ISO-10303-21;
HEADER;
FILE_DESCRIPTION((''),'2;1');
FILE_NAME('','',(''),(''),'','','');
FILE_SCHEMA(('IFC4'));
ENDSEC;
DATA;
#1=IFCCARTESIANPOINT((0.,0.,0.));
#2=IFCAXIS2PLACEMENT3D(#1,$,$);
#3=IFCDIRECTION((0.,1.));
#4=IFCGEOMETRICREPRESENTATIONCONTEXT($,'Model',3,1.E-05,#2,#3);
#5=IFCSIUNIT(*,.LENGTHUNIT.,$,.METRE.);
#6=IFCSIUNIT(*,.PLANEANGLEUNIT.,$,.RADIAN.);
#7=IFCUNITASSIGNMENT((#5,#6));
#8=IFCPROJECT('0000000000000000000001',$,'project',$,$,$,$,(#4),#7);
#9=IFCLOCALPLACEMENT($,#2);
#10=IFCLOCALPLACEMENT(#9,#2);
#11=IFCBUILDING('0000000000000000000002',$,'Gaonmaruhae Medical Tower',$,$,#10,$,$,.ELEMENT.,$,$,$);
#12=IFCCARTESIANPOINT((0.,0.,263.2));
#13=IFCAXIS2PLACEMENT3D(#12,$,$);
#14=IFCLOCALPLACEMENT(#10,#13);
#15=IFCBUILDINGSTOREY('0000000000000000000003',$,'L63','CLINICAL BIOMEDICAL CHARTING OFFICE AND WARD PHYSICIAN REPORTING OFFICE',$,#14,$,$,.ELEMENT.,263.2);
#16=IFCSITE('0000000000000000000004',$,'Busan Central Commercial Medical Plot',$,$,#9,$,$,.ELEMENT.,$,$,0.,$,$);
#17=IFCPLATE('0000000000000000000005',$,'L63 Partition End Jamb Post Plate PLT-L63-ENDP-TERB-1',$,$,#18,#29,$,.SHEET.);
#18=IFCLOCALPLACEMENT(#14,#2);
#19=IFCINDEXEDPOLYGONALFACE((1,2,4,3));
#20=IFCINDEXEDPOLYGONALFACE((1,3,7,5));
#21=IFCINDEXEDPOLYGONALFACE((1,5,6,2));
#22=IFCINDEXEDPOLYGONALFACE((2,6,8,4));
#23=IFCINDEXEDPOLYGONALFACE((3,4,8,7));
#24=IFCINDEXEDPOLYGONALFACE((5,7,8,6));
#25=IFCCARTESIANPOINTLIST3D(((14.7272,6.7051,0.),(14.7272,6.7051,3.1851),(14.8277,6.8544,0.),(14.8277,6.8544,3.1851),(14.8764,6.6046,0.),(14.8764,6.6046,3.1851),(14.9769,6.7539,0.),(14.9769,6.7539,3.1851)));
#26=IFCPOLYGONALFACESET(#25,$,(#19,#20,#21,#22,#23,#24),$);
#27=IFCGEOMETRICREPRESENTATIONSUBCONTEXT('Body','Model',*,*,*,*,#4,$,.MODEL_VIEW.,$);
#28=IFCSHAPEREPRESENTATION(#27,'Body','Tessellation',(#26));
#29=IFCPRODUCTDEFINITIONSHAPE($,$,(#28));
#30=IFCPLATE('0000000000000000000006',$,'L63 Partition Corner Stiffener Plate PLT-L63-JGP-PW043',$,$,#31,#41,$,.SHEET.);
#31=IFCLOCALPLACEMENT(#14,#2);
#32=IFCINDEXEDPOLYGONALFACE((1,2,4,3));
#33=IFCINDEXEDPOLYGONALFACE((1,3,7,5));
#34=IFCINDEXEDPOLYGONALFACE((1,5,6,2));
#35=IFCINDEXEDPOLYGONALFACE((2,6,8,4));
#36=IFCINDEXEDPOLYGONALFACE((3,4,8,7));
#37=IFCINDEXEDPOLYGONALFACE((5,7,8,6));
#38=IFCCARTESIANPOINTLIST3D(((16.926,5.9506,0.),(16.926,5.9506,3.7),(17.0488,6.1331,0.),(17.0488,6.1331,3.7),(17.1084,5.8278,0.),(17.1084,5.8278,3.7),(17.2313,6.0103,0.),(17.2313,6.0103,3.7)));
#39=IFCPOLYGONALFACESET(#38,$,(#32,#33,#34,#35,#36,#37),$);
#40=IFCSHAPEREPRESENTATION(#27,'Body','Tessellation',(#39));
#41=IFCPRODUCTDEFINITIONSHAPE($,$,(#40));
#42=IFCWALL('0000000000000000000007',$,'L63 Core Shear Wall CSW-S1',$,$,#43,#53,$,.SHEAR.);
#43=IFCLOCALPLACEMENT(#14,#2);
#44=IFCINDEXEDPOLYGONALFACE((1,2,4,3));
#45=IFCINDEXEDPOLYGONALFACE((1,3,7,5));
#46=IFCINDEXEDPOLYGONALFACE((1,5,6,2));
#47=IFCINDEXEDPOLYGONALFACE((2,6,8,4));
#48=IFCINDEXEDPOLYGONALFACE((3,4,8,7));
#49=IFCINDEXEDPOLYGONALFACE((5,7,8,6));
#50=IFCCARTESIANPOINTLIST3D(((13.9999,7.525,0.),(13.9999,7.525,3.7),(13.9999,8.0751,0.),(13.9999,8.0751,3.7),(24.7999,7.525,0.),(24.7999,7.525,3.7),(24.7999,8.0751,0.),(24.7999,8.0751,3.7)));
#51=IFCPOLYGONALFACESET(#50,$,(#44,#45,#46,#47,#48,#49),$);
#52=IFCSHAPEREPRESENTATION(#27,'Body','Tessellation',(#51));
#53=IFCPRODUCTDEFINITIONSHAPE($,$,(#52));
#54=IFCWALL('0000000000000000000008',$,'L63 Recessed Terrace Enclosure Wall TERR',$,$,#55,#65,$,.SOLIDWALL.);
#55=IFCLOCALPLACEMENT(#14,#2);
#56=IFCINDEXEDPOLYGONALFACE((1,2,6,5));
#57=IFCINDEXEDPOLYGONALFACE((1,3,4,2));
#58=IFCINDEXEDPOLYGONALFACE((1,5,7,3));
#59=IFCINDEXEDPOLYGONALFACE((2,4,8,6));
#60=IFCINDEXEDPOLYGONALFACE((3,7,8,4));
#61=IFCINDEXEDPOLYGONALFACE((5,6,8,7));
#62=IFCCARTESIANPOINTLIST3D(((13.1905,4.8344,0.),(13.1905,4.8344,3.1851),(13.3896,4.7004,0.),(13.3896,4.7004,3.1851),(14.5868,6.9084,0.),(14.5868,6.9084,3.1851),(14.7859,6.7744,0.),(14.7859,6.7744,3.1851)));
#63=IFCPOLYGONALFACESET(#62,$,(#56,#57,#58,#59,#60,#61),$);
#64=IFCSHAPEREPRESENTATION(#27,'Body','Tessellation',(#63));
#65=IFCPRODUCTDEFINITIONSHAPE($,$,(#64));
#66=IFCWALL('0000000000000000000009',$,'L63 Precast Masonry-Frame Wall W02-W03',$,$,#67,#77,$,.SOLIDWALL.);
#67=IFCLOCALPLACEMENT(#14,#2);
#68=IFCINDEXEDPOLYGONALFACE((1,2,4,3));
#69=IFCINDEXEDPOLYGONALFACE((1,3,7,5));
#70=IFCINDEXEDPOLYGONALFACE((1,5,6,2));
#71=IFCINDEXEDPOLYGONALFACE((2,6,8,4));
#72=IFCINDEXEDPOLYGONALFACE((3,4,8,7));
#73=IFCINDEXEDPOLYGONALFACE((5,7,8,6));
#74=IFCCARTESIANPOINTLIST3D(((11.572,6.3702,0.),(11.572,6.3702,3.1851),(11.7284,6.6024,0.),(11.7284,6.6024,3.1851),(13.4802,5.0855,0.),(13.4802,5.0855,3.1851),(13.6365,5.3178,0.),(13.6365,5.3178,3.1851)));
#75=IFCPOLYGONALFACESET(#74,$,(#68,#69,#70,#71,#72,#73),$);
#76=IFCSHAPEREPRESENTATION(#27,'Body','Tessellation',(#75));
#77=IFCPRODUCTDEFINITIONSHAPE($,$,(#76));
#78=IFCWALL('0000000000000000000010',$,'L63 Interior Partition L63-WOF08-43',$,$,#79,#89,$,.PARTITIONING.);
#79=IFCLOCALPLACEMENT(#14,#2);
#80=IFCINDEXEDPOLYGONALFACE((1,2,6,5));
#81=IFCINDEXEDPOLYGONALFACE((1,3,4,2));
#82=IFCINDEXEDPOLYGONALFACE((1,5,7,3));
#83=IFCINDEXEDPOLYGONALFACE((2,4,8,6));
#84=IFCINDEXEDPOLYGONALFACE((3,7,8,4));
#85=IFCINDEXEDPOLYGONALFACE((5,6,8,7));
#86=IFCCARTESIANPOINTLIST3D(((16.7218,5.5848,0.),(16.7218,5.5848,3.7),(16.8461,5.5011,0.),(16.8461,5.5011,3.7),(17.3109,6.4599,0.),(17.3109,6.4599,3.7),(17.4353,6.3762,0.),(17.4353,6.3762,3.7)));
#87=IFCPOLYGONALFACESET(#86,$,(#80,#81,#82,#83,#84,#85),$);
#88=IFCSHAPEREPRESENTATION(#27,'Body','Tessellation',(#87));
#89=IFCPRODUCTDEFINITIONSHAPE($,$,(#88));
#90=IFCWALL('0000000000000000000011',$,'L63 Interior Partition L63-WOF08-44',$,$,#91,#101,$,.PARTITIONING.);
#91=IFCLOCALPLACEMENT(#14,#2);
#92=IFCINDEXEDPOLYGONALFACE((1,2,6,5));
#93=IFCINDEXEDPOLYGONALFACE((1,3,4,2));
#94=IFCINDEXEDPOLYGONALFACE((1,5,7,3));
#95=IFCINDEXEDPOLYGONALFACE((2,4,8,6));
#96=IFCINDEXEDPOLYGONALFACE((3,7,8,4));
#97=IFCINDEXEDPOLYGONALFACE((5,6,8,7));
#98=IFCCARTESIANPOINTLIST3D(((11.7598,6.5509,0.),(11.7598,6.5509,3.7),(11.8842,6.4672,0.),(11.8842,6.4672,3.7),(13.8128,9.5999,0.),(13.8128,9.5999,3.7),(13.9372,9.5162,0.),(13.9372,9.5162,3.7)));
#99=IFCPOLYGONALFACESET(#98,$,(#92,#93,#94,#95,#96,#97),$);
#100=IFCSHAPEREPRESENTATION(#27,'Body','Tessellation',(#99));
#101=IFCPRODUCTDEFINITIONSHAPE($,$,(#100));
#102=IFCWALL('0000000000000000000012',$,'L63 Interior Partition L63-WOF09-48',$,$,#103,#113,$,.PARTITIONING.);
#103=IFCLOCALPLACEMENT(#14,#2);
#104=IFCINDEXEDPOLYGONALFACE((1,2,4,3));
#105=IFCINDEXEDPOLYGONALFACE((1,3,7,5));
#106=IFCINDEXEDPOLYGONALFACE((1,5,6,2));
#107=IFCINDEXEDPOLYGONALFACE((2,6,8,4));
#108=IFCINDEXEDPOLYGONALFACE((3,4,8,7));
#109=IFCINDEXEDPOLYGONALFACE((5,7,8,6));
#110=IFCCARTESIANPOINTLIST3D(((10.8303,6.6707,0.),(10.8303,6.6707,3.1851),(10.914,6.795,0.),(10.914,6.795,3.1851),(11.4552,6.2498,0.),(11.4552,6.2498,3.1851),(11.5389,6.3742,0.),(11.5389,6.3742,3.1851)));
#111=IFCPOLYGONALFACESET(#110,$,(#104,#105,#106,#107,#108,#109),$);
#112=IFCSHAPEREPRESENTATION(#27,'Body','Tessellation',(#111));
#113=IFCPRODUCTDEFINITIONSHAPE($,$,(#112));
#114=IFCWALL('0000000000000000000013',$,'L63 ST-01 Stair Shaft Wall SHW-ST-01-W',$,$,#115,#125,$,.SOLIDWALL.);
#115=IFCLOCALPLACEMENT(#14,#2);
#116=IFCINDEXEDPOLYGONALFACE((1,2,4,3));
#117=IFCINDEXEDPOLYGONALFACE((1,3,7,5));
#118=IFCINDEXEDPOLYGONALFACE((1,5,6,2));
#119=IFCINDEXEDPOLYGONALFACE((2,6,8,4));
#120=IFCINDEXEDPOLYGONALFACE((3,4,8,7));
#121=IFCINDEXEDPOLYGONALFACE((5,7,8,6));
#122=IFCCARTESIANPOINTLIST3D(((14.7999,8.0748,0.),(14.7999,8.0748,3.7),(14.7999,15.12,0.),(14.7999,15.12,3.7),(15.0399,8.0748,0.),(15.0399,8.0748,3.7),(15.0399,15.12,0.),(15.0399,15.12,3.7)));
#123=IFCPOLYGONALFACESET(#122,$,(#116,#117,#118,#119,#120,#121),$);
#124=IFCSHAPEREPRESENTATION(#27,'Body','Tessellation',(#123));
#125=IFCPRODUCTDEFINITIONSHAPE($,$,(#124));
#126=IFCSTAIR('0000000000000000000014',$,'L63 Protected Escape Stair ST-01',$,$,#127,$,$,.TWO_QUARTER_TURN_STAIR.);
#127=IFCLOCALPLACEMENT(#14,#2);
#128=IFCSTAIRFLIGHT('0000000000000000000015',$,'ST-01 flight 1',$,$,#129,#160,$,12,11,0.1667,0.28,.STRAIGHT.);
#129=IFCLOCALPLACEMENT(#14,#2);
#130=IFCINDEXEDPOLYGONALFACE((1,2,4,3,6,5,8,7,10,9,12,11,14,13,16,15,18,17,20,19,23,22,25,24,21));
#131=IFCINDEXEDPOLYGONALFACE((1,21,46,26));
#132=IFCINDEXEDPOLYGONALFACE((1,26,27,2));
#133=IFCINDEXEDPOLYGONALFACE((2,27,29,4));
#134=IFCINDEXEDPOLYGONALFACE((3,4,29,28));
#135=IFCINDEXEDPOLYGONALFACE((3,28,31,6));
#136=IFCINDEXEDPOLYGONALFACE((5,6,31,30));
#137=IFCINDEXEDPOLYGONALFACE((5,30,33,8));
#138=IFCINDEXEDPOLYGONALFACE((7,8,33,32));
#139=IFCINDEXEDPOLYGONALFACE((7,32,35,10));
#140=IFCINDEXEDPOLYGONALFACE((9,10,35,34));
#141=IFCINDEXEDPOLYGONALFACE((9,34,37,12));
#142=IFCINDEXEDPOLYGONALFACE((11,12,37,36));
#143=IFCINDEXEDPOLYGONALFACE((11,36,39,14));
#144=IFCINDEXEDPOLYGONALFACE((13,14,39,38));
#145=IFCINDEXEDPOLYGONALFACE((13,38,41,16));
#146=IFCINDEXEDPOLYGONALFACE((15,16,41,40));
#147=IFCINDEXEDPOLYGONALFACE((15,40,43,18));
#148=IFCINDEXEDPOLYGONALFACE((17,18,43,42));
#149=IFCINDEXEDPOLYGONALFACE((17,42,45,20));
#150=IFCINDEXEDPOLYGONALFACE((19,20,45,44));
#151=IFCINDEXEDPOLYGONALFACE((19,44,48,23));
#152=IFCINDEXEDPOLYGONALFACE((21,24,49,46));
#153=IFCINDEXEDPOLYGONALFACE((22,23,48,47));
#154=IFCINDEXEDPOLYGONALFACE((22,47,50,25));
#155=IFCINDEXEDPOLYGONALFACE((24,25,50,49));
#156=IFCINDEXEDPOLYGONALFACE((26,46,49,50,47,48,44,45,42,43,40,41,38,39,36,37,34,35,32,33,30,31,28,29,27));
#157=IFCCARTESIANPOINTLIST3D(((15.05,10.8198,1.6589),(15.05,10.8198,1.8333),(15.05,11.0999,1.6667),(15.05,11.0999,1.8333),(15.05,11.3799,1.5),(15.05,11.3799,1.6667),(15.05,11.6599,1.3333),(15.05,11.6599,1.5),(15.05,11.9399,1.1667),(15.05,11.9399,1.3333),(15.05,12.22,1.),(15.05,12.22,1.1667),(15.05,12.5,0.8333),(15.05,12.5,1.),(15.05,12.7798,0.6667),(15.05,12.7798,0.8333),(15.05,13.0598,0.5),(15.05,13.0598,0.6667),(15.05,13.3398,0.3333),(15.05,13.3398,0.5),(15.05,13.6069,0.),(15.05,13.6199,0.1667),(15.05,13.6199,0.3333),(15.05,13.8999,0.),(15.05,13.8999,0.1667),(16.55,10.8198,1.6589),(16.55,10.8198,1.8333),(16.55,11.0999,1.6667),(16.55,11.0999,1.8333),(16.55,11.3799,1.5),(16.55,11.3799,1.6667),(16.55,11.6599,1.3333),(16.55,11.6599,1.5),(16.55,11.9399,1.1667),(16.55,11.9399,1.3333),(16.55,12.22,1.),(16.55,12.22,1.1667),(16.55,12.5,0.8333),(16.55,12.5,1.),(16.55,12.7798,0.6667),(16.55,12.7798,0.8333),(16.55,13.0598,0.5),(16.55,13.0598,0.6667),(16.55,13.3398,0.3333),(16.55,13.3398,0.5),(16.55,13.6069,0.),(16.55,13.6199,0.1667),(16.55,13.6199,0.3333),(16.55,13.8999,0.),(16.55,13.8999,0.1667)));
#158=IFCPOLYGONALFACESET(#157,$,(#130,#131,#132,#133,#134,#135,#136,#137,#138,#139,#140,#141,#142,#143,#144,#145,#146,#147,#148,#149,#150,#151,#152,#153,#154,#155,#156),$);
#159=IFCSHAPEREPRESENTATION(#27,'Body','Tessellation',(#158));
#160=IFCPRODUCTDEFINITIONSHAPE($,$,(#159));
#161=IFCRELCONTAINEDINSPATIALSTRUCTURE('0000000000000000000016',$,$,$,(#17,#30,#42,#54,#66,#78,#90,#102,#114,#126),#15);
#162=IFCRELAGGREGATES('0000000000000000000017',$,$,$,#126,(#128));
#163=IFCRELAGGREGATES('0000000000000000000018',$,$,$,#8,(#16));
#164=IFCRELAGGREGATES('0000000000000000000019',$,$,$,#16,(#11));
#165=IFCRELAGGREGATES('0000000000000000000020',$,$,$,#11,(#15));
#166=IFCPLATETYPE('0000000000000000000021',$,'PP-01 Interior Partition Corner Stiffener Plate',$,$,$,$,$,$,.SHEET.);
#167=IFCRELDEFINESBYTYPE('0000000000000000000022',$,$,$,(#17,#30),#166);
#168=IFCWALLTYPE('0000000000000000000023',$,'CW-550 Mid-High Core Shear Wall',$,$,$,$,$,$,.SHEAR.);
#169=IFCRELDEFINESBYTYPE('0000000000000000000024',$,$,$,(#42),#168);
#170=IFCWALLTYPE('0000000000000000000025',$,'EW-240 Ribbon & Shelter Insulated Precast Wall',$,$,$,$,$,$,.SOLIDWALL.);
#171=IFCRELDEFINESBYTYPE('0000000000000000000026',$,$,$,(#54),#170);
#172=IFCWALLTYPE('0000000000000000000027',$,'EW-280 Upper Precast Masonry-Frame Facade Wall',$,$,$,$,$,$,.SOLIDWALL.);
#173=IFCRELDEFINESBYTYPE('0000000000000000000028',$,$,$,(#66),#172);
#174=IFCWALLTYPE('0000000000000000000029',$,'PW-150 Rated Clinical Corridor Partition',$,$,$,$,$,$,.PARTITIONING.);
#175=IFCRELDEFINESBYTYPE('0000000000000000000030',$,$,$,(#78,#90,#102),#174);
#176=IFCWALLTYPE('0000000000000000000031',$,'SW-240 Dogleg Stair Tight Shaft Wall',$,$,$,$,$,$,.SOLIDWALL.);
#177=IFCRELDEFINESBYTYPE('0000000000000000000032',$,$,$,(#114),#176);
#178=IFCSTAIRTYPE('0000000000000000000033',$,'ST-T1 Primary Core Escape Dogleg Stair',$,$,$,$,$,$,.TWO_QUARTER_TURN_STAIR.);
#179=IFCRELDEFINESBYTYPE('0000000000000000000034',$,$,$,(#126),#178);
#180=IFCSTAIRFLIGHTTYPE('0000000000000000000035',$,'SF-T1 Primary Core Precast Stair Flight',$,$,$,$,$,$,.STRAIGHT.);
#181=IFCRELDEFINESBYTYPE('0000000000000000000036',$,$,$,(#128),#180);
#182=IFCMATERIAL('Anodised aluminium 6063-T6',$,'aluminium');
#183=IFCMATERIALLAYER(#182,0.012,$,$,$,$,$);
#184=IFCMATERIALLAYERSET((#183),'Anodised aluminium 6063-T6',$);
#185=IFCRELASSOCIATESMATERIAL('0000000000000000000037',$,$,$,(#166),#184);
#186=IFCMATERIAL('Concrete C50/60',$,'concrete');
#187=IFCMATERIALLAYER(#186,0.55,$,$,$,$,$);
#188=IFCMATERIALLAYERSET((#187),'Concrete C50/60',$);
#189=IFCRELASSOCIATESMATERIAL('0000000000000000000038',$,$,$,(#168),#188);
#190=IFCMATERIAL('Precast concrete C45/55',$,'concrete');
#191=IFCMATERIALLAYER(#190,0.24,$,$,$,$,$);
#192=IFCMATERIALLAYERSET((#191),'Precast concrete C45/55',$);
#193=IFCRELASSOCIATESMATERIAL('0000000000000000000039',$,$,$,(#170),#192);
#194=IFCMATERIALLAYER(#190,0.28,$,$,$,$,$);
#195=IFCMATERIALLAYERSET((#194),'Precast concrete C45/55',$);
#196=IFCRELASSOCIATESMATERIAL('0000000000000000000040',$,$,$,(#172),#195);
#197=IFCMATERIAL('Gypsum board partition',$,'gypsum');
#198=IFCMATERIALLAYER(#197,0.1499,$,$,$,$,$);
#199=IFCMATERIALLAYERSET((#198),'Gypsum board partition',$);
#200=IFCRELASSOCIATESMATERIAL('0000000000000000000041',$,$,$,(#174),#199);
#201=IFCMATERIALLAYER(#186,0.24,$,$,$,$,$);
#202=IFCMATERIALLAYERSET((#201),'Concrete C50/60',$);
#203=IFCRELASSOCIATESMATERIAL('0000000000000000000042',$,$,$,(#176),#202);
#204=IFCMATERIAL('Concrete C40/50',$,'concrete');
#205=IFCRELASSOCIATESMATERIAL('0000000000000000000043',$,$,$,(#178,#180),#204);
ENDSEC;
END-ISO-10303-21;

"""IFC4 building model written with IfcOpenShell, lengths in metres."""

from ifc_helpers import new_model, si_unit, direction, frame, frame_2d, origin, origin_2d, place, context, subcontext, project, spatial, polyline, rectangle, outline, extrude, material, layer, layer_set, type_object, element, aggregate, save


model = new_model("IFC4")

# Units and contexts
model_context = context("Model", 3, precision=1e-05, world=origin(), true_north=direction((0.0, 1.0)))
body_context = subcontext(model_context, "Body", "Model", "MODEL_VIEW")
ifc_project = project(units=[si_unit("LENGTHUNIT", "METRE"), si_unit("PLANEANGLEUNIT", "RADIAN")], contexts=[model_context])

# Site, building, storey
site_placement = place(None, origin())
site = spatial("IfcSite", under=ifc_project, at=site_placement, Name="Busan Central Commercial Medical Plot", CompositionType="ELEMENT", RefElevation=0.0)
building_placement = place(site_placement, origin())
building = spatial("IfcBuilding", under=site, at=building_placement, Name="Gaonmaruhae Medical Tower", CompositionType="ELEMENT")
storey_placement = place(building_placement, frame((0.0, 0.0, 263.2)))
storey = spatial("IfcBuildingStorey", under=building, at=storey_placement, Name="L63", Description="CLINICAL BIOMEDICAL CHARTING OFFICE AND WARD PHYSICIAN REPORTING OFFICE", CompositionType="ELEMENT", Elevation=263.2)

# Shared definitions
ifc_material_1 = material(Name="Concrete C50/60", Category="concrete")

# Plates
ifc_material_2 = material(Name="Anodised aluminium 6063-T6", Category="aluminium")
ifc_layer_1 = layer(ifc_material_2, 0.012)
ifc_layer_set_1 = layer_set([ifc_layer_1], Name="Anodised aluminium 6063-T6")
plate_type = type_object("IfcPlateType", Name="PP-01 Interior Partition Corner Stiffener Plate", PredefinedType="SHEET", material=ifc_layer_set_1)
plate_1_placement = place(storey_placement, frame((14.8521, 6.7295, 0.0), z_axis=(0.0, 0.0, 1.0), x_axis=(-0.829525, 0.558469, 0.0)))
element("IfcPlate", 1, at=plate_1_placement, inside=storey, type_object=plate_type, Name="L63 Partition End Jamb Post Plate PLT-L63-ENDP-TERB-1", PredefinedType="SHEET", context=body_context, shape_type="SweptSolid", body=[
    extrude(rectangle(XDim=0.1799, YDim=0.1799, at=origin_2d()), origin(), (0.0, 0.0, 1.0), 3.1851),
])
plate_2_placement = place(storey_placement, frame((17.0786, 5.9805, 0.0), z_axis=(0.0, 0.0, 1.0), x_axis=(-0.558411, -0.829564, 0.0)))
element("IfcPlate", 2, at=plate_2_placement, inside=storey, type_object=plate_type, Name="L63 Partition Corner Stiffener Plate PLT-L63-JGP-PW043", PredefinedType="SHEET", context=body_context, shape_type="SweptSolid", body=[
    extrude(rectangle(XDim=0.22, YDim=0.22, at=origin_2d()), origin(), (0.0, 0.0, 1.0), 3.7),
])

# Walls
ifc_layer_2 = layer(ifc_material_1, 0.55)
ifc_layer_set_2 = layer_set([ifc_layer_2], Name="Concrete C50/60")
wall_type_1 = type_object("IfcWallType", Name="CW-550 Mid-High Core Shear Wall", PredefinedType="SHEAR", material=ifc_layer_set_2)
wall_1_placement = place(storey_placement, frame((14.0, 7.8, 0.0), z_axis=(0.0, 0.0, 1.0), x_axis=(1.0, 0.0, 0.0)))
element("IfcWall", 3, at=wall_1_placement, inside=storey, type_object=wall_type_1, Name="L63 Core Shear Wall CSW-S1", PredefinedType="SHEAR", context=body_context, shape_type="SweptSolid", body=[
    extrude(rectangle(XDim=10.8, YDim=0.55, at=frame_2d((5.3999, 0.0))), origin(), (0.0, 0.0, 1.0), 3.7),
])
ifc_material_3 = material(Name="Precast concrete C45/55", Category="concrete")
ifc_layer_3 = layer(ifc_material_3, 0.24)
ifc_layer_set_3 = layer_set([ifc_layer_3], Name="Precast concrete C45/55")
wall_type_2 = type_object("IfcWallType", Name="EW-240 Ribbon & Shelter Insulated Precast Wall", PredefinedType="SOLIDWALL", material=ifc_layer_set_3)
wall_2_placement = place(storey_placement, frame((14.6863, 6.8413, 0.0), z_axis=(0.0, 0.0, 1.0), x_axis=(-0.558458, -0.829533, 0.0)))
element("IfcWall", 4, at=wall_2_placement, inside=storey, type_object=wall_type_2, Name="L63 Recessed Terrace Enclosure Wall TERR", PredefinedType="SOLIDWALL", context=body_context, shape_type="SweptSolid", body=[
    extrude(rectangle(XDim=2.5002, YDim=0.24, at=frame_2d((1.25, 0.0))), origin(), (0.0, 0.0, 1.0), 3.1851),
])
ifc_layer_4 = layer(ifc_material_3, 0.28)
ifc_layer_set_4 = layer_set([ifc_layer_4], Name="Precast concrete C45/55")
wall_type_3 = type_object("IfcWallType", Name="EW-280 Upper Precast Masonry-Frame Facade Wall", PredefinedType="SOLIDWALL", material=ifc_layer_set_4)
wall_3_placement = place(storey_placement, frame((13.5583, 5.2017, 0.0), z_axis=(0.0, 0.0, 1.0), x_axis=(-0.829527, 0.558466, 0.0)))
element("IfcWall", 5, at=wall_3_placement, inside=storey, type_object=wall_type_3, Name="L63 Precast Masonry-Frame Wall W02-W03", PredefinedType="SOLIDWALL", context=body_context, shape_type="SweptSolid", body=[
    extrude(rectangle(XDim=2.3003, YDim=0.28, at=frame_2d((1.1501, 0.0))), origin(), (0.0, 0.0, 1.0), 3.1851),
])
ifc_material_4 = material(Name="Gypsum board partition", Category="gypsum")
ifc_layer_5 = layer(ifc_material_4, 0.1499)
ifc_layer_set_5 = layer_set([ifc_layer_5], Name="Gypsum board partition")
wall_type_4 = type_object("IfcWallType", Name="PW-150 Rated Clinical Corridor Partition", PredefinedType="PARTITIONING", material=ifc_layer_set_5)
wall_4_placement = place(storey_placement, frame((17.373, 6.418, 0.0), z_axis=(0.0, 0.0, 1.0), x_axis=(-0.558487, -0.829514, 0.0)))
element("IfcWall", 6, at=wall_4_placement, inside=storey, type_object=wall_type_4, Name="L63 Interior Partition L63-WOF08-43", PredefinedType="PARTITIONING", context=body_context, shape_type="SweptSolid", body=[
    extrude(rectangle(XDim=1.0549, YDim=0.1499, at=frame_2d((0.5273, 0.0))), origin(), (0.0, 0.0, 1.0), 3.7),
])
wall_5_placement = place(storey_placement, frame((11.822, 6.509, 0.0), z_axis=(0.0, 0.0, 1.0), x_axis=(0.558511, 0.829497, 0.0)))
element("IfcWall", 7, at=wall_5_placement, inside=storey, type_object=wall_type_4, Name="L63 Interior Partition L63-WOF08-44", PredefinedType="PARTITIONING", context=body_context, shape_type="SweptSolid", body=[
    extrude(rectangle(XDim=3.6758, YDim=0.1499, at=frame_2d((1.8379, 0.0))), origin(), (0.0, 0.0, 1.0), 3.7),
])
wall_6_placement = place(storey_placement, frame((11.4971, 6.312, 0.0), z_axis=(0.0, 0.0, 1.0), x_axis=(-0.829449, 0.558582, 0.0)))
element("IfcWall", 8, at=wall_6_placement, inside=storey, type_object=wall_type_4, Name="L63 Interior Partition L63-WOF09-48", PredefinedType="PARTITIONING", context=body_context, shape_type="SweptSolid", body=[
    extrude(rectangle(XDim=0.7534, YDim=0.1499, at=frame_2d((0.3767, 0.0))), origin(), (0.0, 0.0, 1.0), 3.1851),
])
ifc_layer_6 = layer(ifc_material_1, 0.24)
ifc_layer_set_6 = layer_set([ifc_layer_6], Name="Concrete C50/60")
wall_type_5 = type_object("IfcWallType", Name="SW-240 Dogleg Stair Tight Shaft Wall", PredefinedType="SOLIDWALL", material=ifc_layer_set_6)
wall_7_placement = place(storey_placement, frame((14.9199, 8.075, 0.0), z_axis=(0.0, 0.0, 1.0), x_axis=(0.0, 1.0, 0.0)))
element("IfcWall", 9, at=wall_7_placement, inside=storey, type_object=wall_type_5, Name="L63 ST-01 Stair Shaft Wall SHW-ST-01-W", PredefinedType="SOLIDWALL", context=body_context, shape_type="SweptSolid", body=[
    extrude(rectangle(XDim=7.0452, YDim=0.24, at=frame_2d((3.5225, 0.0))), origin(), (0.0, 0.0, 1.0), 3.7),
])

# Stair, stair flight
ifc_material_5 = material(Name="Concrete C40/50", Category="concrete")
stair_type = type_object("IfcStairType", Name="ST-T1 Primary Core Escape Dogleg Stair", PredefinedType="TWO_QUARTER_TURN_STAIR", material=ifc_material_5)
stair_placement = place(storey_placement, origin())
stair = element("IfcStair", 10, at=stair_placement, inside=storey, type_object=stair_type, Name="L63 Protected Escape Stair ST-01", PredefinedType="TWO_QUARTER_TURN_STAIR")
stair_flight_type = type_object("IfcStairFlightType", Name="SF-T1 Primary Core Precast Stair Flight", PredefinedType="STRAIGHT", material=ifc_material_5)
stair_flight_placement = place(storey_placement, frame((15.8, 13.8999, 0.0), z_axis=(0.0, 0.0, 1.0), x_axis=(0.0, -1.0, 0.0)))
stair_flight = element("IfcStairFlight", 11, at=stair_flight_placement, type_object=stair_flight_type, Name="ST-01 flight 1", NumberOfRisers=12, NumberOfTreads=11, PredefinedType="STRAIGHT", RiserHeight=0.1667, TreadLength=0.28, context=body_context, shape_type="SweptSolid", body=[
    extrude(outline(polyline([(0.0, 0.0), (0.0, 0.1667), (0.28, 0.1667), (0.28, 0.3333), (0.5601, 0.3333), (0.5601, 0.5), (0.8401, 0.5), (0.8401, 0.6667), (1.1201, 0.6667), (1.1201, 0.8333), (1.3999, 0.8333), (1.3999, 1.0), (1.6799, 1.0), (1.6799, 1.1667), (1.96, 1.1667), (1.96, 1.3333), (2.24, 1.3333), (2.24, 1.5), (2.52, 1.5), (2.52, 1.6667), (2.8, 1.6667), (2.8, 1.8333), (3.0801, 1.8333), (3.0801, 2.0), (3.0801, 1.6589), (0.293, 0.0), (0.0, 0.0)])), frame((0.0, 0.75, 0.0), z_axis=(0.0, -1.0, 0.0), x_axis=(1.0, 0.0, 0.0)), (0.0, 0.0, 1.0), 1.5),
])
aggregate(stair, [stair_flight])

save(model, "model.ifc")
